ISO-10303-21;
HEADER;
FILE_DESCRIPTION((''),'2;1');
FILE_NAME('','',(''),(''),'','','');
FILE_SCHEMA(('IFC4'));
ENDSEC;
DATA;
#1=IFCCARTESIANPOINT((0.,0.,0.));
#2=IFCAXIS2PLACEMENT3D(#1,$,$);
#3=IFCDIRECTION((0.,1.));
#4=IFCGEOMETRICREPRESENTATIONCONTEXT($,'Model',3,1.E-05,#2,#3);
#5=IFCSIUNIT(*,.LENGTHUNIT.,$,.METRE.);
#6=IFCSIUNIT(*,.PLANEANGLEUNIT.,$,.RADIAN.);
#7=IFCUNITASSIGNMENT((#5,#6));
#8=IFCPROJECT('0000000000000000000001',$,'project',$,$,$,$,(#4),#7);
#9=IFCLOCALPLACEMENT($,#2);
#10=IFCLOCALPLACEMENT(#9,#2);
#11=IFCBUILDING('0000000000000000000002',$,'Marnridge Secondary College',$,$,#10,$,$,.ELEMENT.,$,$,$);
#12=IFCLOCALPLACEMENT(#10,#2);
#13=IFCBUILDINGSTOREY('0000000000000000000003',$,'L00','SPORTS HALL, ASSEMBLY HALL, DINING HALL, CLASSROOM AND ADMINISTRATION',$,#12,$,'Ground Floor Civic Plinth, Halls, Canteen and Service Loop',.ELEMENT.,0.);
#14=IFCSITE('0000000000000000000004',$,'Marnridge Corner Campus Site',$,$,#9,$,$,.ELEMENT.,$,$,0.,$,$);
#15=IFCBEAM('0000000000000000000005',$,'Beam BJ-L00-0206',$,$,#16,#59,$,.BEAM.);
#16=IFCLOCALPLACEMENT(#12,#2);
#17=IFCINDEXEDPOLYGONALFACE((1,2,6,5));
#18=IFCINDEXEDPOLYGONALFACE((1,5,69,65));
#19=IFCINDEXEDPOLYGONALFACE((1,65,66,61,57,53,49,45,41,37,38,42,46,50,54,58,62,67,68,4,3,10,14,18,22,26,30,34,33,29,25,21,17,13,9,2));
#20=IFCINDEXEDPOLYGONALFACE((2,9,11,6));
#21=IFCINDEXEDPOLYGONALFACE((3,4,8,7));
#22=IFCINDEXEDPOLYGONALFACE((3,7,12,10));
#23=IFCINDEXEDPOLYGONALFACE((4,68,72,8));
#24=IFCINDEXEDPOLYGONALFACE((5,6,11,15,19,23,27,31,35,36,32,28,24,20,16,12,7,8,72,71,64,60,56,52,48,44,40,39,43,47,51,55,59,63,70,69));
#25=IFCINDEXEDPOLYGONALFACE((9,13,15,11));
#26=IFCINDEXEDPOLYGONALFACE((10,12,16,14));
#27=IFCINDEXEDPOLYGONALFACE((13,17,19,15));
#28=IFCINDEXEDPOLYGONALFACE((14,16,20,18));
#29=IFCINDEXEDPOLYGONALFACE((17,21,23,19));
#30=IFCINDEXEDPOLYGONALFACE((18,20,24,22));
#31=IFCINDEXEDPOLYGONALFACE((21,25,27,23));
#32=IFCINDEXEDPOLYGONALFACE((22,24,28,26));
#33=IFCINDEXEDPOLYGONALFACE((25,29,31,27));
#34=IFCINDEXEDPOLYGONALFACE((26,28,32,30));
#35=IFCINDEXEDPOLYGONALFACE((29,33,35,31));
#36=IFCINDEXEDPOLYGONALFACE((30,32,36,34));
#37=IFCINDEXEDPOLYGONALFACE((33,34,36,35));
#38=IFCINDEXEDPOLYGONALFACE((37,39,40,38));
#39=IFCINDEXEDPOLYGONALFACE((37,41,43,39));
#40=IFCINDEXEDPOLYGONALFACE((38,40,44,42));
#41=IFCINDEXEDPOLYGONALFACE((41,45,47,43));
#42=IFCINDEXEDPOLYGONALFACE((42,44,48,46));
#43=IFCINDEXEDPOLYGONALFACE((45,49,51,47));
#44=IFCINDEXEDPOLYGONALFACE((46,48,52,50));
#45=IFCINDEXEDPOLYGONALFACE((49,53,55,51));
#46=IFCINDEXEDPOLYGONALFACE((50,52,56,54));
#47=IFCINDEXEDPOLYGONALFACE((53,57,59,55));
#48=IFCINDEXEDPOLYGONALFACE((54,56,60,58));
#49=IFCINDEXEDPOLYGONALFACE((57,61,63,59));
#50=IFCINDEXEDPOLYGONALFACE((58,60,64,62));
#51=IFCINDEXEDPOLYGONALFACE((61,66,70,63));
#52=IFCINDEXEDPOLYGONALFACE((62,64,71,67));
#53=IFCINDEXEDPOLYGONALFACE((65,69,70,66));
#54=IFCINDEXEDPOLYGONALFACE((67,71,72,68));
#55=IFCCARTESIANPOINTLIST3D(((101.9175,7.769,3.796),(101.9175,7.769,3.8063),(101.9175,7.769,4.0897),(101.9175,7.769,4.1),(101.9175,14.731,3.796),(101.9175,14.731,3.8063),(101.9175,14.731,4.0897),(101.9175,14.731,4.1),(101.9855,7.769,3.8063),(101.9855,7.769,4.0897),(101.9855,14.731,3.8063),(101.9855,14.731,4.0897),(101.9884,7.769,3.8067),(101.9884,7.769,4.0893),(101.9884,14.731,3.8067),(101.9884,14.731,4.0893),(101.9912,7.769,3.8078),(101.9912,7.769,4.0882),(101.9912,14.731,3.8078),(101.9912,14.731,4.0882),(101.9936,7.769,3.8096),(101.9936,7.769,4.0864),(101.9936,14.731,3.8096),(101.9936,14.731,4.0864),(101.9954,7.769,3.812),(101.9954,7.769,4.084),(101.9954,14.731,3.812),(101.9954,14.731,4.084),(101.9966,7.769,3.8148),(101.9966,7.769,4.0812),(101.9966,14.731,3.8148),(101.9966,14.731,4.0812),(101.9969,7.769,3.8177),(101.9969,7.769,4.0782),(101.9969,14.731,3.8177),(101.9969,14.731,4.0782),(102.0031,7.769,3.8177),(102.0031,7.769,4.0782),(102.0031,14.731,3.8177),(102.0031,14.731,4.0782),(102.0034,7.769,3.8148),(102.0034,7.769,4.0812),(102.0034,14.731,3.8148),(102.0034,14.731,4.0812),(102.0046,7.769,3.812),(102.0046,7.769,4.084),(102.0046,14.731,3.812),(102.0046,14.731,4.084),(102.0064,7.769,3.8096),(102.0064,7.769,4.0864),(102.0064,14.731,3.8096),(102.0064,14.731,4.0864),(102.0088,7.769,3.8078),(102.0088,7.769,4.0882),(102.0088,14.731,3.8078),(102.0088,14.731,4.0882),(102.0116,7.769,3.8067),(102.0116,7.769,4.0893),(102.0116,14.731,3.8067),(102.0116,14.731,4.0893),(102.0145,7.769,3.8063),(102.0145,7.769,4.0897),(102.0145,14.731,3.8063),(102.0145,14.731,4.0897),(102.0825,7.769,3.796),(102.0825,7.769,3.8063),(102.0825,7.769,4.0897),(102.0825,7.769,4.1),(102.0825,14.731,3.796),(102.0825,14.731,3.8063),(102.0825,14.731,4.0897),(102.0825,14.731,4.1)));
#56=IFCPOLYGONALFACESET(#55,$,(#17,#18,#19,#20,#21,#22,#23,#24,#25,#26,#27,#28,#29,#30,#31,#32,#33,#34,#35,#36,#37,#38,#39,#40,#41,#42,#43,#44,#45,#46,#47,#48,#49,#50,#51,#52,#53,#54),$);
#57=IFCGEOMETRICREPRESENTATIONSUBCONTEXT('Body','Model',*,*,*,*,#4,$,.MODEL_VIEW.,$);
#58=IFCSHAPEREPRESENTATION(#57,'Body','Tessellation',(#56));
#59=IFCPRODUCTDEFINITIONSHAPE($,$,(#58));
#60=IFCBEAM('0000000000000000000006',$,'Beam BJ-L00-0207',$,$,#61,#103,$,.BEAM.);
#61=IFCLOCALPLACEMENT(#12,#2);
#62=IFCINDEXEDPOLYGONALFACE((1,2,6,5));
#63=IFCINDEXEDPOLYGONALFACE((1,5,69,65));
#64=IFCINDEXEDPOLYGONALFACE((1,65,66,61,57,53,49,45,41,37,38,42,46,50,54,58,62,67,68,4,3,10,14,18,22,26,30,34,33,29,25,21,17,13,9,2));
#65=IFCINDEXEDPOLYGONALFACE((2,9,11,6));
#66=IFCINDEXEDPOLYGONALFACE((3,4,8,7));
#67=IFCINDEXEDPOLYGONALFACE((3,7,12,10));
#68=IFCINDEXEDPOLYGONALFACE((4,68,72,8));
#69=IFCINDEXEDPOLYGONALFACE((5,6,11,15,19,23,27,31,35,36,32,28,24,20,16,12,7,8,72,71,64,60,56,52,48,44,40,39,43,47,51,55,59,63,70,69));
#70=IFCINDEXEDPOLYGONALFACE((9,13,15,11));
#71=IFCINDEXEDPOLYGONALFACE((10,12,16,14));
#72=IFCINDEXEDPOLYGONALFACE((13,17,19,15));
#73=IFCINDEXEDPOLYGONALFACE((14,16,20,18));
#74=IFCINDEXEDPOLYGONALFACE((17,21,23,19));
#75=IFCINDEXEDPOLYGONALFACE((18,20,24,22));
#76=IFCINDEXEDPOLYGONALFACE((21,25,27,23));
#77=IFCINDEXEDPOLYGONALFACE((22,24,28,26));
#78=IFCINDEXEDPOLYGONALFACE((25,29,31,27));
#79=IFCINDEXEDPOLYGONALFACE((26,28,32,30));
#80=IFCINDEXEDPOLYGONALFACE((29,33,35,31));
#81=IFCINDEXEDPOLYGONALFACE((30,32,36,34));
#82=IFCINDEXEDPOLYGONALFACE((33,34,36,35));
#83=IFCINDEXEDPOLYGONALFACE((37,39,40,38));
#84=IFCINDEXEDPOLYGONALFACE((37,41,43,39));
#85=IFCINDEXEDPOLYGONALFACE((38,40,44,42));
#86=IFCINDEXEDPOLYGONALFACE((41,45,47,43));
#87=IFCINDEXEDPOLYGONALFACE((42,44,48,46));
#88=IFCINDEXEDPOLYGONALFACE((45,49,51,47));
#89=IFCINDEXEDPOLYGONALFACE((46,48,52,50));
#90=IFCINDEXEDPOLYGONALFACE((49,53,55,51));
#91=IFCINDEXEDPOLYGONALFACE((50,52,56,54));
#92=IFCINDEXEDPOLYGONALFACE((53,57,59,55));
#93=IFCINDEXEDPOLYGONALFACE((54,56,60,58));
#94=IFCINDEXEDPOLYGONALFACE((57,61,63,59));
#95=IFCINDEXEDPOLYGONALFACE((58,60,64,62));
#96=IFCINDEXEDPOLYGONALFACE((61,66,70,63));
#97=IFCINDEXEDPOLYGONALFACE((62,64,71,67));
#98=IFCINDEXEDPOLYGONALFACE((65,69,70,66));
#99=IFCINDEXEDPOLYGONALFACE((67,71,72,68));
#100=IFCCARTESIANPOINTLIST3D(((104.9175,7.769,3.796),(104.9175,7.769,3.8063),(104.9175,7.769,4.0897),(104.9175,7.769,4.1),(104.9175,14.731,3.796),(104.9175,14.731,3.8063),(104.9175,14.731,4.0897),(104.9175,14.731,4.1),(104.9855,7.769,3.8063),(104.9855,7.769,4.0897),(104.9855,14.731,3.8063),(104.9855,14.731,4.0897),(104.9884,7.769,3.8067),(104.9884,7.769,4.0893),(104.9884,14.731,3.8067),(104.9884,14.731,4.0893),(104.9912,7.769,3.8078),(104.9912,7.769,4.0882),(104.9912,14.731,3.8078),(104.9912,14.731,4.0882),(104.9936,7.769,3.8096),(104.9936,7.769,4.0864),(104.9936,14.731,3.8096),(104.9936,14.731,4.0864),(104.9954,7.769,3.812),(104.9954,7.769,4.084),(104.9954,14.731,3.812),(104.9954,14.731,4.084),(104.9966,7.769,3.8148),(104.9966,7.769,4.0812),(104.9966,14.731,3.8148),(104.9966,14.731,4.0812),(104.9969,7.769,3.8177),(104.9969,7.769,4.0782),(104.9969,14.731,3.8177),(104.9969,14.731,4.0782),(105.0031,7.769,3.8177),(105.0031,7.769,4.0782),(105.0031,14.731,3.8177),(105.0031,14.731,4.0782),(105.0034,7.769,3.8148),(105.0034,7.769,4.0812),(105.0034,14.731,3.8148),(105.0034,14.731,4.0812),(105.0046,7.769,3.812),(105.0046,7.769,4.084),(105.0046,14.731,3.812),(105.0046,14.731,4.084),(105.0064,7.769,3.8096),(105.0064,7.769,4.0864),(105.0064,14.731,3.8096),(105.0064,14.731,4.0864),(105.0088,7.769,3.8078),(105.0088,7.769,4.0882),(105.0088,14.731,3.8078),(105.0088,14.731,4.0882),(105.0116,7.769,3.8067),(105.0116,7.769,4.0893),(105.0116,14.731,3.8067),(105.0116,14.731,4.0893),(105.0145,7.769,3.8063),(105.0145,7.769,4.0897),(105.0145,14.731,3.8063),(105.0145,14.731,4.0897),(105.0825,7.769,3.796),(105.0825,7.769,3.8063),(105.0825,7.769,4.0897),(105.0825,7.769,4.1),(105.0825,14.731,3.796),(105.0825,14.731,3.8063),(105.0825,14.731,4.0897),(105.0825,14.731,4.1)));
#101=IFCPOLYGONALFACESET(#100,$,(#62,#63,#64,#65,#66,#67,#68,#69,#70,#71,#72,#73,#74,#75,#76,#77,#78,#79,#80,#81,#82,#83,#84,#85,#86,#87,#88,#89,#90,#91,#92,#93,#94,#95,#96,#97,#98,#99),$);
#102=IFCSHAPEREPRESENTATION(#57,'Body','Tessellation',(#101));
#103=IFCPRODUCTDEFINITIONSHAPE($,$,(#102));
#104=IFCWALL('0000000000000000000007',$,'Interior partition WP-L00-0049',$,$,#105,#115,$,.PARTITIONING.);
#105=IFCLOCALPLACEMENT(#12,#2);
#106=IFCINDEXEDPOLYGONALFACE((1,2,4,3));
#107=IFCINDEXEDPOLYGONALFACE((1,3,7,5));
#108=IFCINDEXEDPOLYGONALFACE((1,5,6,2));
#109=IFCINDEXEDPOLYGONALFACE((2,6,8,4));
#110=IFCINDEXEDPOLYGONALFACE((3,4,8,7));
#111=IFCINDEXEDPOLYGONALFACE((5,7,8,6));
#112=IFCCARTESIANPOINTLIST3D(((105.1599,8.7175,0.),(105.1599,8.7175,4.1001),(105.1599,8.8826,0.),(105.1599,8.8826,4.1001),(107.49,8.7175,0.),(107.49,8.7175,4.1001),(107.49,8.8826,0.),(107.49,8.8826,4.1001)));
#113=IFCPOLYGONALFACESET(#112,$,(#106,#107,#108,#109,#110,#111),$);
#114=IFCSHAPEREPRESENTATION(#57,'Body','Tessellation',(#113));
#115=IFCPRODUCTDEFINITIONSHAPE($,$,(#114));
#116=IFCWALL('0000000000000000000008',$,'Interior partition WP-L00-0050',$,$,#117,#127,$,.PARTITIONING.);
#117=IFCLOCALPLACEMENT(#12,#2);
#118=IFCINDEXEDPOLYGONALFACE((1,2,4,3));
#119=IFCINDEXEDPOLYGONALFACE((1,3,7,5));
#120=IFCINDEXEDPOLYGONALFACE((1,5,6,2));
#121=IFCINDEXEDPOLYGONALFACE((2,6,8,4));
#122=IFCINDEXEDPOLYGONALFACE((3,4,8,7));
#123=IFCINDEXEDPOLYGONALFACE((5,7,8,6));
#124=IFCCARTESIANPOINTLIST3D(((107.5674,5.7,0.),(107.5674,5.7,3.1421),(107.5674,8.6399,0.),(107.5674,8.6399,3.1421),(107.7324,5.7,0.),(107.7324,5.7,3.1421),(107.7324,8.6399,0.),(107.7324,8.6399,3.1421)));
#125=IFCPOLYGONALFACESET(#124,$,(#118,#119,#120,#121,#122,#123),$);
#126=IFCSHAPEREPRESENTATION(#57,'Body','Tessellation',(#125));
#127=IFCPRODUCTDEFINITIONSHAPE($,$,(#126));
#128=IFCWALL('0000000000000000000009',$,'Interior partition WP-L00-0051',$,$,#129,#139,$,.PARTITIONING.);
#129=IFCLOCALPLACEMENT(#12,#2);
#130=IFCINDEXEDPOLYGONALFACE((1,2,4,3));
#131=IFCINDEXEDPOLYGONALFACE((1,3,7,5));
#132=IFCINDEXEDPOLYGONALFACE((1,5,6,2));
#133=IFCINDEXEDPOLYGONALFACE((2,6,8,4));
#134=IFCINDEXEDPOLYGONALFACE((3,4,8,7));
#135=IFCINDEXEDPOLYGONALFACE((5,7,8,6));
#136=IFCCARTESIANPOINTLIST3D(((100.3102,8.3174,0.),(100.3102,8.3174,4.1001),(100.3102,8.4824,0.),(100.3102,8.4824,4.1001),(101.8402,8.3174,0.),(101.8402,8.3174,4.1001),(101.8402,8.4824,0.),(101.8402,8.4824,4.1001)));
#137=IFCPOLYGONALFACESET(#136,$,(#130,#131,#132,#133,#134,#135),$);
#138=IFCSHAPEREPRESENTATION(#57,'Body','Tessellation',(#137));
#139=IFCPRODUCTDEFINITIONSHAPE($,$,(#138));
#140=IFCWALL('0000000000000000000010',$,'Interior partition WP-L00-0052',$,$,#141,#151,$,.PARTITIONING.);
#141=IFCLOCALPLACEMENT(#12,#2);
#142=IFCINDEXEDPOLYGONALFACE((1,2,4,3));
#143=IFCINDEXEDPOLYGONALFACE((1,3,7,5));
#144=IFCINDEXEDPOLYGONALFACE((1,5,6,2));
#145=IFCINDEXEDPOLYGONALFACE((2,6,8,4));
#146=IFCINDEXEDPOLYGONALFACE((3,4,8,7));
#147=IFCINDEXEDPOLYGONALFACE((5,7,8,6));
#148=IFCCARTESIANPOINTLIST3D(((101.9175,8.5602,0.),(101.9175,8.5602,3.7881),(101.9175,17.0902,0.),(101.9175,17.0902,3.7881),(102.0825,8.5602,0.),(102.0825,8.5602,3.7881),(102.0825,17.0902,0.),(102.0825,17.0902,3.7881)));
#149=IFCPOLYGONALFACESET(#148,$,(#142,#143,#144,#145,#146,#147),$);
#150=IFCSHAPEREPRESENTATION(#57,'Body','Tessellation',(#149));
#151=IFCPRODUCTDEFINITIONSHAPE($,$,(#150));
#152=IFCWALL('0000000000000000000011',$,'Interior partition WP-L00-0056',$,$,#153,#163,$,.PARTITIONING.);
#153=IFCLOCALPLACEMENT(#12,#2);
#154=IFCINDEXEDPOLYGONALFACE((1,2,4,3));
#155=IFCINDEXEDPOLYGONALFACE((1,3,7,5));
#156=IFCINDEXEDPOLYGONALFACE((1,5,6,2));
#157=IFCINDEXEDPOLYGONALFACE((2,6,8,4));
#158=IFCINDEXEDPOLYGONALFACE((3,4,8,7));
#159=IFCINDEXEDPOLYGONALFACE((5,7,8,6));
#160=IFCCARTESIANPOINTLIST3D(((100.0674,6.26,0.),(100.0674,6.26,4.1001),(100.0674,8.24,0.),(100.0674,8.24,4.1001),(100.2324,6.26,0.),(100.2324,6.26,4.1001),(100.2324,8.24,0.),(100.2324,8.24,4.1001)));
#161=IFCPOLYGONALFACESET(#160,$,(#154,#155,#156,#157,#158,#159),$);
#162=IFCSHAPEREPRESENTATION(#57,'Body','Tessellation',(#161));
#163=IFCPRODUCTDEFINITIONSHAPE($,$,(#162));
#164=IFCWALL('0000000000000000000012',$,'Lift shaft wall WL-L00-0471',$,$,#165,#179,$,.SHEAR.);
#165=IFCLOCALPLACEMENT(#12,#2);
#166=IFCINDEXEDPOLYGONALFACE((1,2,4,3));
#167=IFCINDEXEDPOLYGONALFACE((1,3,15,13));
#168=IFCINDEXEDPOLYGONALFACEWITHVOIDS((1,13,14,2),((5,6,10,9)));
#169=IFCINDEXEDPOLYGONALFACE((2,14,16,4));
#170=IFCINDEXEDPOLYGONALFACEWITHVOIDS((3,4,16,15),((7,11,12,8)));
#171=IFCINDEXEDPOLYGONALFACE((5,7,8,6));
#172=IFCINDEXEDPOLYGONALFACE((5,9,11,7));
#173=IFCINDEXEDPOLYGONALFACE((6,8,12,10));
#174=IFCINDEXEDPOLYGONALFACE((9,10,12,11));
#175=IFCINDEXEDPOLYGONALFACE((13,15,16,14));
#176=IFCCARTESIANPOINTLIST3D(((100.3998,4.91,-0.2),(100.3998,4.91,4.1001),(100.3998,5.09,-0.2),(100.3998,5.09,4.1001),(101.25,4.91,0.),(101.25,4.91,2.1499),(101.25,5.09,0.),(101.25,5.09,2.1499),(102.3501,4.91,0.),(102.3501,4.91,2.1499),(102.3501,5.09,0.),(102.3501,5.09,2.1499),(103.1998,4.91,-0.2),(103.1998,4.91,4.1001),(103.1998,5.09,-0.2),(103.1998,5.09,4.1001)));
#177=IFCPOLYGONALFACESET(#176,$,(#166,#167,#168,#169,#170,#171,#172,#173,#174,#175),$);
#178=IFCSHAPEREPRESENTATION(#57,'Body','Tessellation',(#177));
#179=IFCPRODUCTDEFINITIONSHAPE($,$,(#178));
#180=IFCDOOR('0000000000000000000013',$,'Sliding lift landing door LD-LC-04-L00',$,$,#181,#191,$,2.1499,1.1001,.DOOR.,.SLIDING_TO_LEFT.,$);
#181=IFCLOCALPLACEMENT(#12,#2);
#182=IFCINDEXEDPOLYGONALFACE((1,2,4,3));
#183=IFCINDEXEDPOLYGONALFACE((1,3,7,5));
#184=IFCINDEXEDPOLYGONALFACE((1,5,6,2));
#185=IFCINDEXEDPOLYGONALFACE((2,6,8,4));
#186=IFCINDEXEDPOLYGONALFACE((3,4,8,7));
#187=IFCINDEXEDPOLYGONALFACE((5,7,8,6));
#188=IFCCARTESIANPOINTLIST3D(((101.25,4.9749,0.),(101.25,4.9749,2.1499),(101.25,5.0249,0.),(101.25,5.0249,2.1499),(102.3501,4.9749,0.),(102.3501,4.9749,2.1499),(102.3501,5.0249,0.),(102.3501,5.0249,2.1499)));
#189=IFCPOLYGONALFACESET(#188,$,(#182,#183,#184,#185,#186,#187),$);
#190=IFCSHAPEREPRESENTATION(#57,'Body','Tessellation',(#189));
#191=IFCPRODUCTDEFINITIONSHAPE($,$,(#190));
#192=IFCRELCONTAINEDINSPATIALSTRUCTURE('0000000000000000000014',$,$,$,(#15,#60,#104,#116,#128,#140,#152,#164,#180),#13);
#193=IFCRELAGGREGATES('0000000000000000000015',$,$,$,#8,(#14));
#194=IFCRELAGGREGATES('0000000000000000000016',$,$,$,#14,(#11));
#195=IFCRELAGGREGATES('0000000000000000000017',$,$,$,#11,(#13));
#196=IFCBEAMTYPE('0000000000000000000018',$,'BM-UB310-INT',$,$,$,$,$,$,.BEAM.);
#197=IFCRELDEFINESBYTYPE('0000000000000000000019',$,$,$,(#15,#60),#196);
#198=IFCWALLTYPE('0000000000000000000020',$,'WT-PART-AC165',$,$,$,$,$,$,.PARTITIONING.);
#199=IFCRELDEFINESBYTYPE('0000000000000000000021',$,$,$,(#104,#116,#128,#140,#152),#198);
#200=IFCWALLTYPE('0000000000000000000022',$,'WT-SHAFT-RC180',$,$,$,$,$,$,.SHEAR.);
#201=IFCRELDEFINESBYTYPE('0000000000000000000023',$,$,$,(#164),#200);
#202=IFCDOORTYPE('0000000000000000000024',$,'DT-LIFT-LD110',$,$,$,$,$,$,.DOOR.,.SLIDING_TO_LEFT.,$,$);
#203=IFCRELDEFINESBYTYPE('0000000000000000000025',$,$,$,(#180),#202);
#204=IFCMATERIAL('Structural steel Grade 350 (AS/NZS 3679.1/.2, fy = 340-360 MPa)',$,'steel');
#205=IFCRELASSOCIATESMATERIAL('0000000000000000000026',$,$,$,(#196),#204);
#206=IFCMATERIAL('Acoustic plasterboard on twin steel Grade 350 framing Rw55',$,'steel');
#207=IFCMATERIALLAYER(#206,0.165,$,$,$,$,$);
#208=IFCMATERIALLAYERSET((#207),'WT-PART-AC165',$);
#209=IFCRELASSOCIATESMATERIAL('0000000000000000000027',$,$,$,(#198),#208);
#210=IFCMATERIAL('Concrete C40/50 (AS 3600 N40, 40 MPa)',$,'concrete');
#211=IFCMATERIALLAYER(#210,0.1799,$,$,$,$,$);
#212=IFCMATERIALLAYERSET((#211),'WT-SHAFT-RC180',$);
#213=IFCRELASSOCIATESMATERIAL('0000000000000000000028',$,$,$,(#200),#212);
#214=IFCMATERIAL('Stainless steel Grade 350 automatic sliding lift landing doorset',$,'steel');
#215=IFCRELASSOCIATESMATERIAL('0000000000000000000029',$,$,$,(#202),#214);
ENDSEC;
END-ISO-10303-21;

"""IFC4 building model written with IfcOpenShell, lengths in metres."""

from ifc_helpers import new_model, si_unit, direction, frame, frame_2d, origin, origin_2d, place, context, subcontext, project, spatial, rectangle, i_section, extrude, material, layer, layer_set, material_profile, profile_set, type_object, element, fill, save


model = new_model("IFC4")

# Units and contexts
model_context = context("Model", 3, precision=1e-05, world=origin(), true_north=direction((0.0, 1.0)))
body_context = subcontext(model_context, "Body", "Model", "MODEL_VIEW")
ifc_project = project(units=[si_unit("LENGTHUNIT", "METRE"), si_unit("PLANEANGLEUNIT", "RADIAN")], contexts=[model_context])

# Site, building, storey
site_placement = place(None, origin())
site = spatial("IfcSite", under=ifc_project, at=site_placement, Name="Marnridge Corner Campus Site", CompositionType="ELEMENT", RefElevation=0.0)
building_placement = place(site_placement, origin())
building = spatial("IfcBuilding", under=site, at=building_placement, Name="Marnridge Secondary College", CompositionType="ELEMENT")
storey_placement = place(building_placement, origin())
storey = spatial("IfcBuildingStorey", under=building, at=storey_placement, Name="L00", Description="SPORTS HALL, ASSEMBLY HALL, DINING HALL, CLASSROOM AND ADMINISTRATION", LongName="Ground Floor Civic Plinth, Halls, Canteen and Service Loop", CompositionType="ELEMENT", Elevation=0.0)

# Beams
ifc_material_1 = material(Name="Structural steel Grade 350 (AS/NZS 3679.1/.2, fy = 340-360 MPa)", Category="steel")
ifc_material_profile_1 = material_profile(ifc_material_1, i_section(OverallWidth=0.165, OverallDepth=0.304, WebThickness=0.0061, FlangeThickness=0.0103, FilletRadius=0.0115, at=origin_2d()), Name="310UB40.4")
ifc_profile_set_1 = profile_set([ifc_material_profile_1], Name="Structural steel Grade 350 (AS/NZS 3679.1/.2, fy = 340-360 MPa)")
beam_type_1 = type_object("IfcBeamType", Name="BM-UB310-INT", PredefinedType="BEAM", material=ifc_profile_set_1)
for number, where, z_axis, x_axis, name in (
    (1, (102.0, 7.769, 3.948), (0.0, 1.0, 0.0), (-1.0, 0.0, 0.0), "Beam BJ-L00-0206"),
    (2, (105.0, 7.769, 3.948), (0.0, 1.0, 0.0), (-1.0, 0.0, 0.0), "Beam BJ-L00-0207"),
):
    element("IfcBeam", number, at=place(storey_placement, frame(where, z_axis=z_axis, x_axis=x_axis)), inside=storey, type_object=beam_type_1, Name=name, PredefinedType="BEAM", context=body_context, shape_type="SweptSolid", body=[
        extrude(i_section(OverallWidth=0.165, OverallDepth=0.304, WebThickness=0.0061, FlangeThickness=0.0103, FilletRadius=0.0115, at=origin_2d()), origin(), (0.0, 0.0, 1.0), 6.9619),
    ])

# Walls
ifc_material_2 = material(Name="Acoustic plasterboard on twin steel Grade 350 framing Rw55", Category="steel")
ifc_layer_1 = layer(ifc_material_2, 0.165)
ifc_layer_set_1 = layer_set([ifc_layer_1], Name="WT-PART-AC165")
wall_type_1 = type_object("IfcWallType", Name="WT-PART-AC165", PredefinedType="PARTITIONING", material=ifc_layer_set_1)
wall_1_placement = place(storey_placement, frame((107.49, 8.8, 0.0), z_axis=(0.0, 0.0, 1.0), x_axis=(-1.0, 0.0, 0.0)))
element("IfcWall", 3, at=wall_1_placement, inside=storey, type_object=wall_type_1, Name="Interior partition WP-L00-0049", PredefinedType="PARTITIONING", context=body_context, shape_type="SweptSolid", body=[
    extrude(rectangle(XDim=2.3301, YDim=0.165, at=frame_2d((1.165, 0.0))), origin(), (0.0, 0.0, 1.0), 4.1001),
])
wall_2_placement = place(storey_placement, frame((107.6499, 5.7, 0.0), z_axis=(0.0, 0.0, 1.0), x_axis=(0.0, 1.0, 0.0)))
element("IfcWall", 4, at=wall_2_placement, inside=storey, type_object=wall_type_1, Name="Interior partition WP-L00-0050", PredefinedType="PARTITIONING", context=body_context, shape_type="SweptSolid", body=[
    extrude(rectangle(XDim=2.9399, YDim=0.165, at=frame_2d((1.47, 0.0))), origin(), (0.0, 0.0, 1.0), 3.1421),
])
wall_3_placement = place(storey_placement, frame((100.3101, 8.3999, 0.0), z_axis=(0.0, 0.0, 1.0), x_axis=(1.0, 0.0, 0.0)))
element("IfcWall", 5, at=wall_3_placement, inside=storey, type_object=wall_type_1, Name="Interior partition WP-L00-0051", PredefinedType="PARTITIONING", context=body_context, shape_type="SweptSolid", body=[
    extrude(rectangle(XDim=1.53, YDim=0.165, at=frame_2d((0.7651, 0.0))), origin(), (0.0, 0.0, 1.0), 4.1001),
])
wall_4_placement = place(storey_placement, frame((102.0, 8.5601, 0.0), z_axis=(0.0, 0.0, 1.0), x_axis=(0.0, 1.0, 0.0)))
element("IfcWall", 6, at=wall_4_placement, inside=storey, type_object=wall_type_1, Name="Interior partition WP-L00-0052", PredefinedType="PARTITIONING", context=body_context, shape_type="SweptSolid", body=[
    extrude(rectangle(XDim=8.53, YDim=0.165, at=frame_2d((4.2651, 0.0))), origin(), (0.0, 0.0, 1.0), 3.7881),
])
wall_5_placement = place(storey_placement, frame((100.1499, 6.26, 0.0), z_axis=(0.0, 0.0, 1.0), x_axis=(0.0, 1.0, 0.0)))
element("IfcWall", 7, at=wall_5_placement, inside=storey, type_object=wall_type_1, Name="Interior partition WP-L00-0056", PredefinedType="PARTITIONING", context=body_context, shape_type="SweptSolid", body=[
    extrude(rectangle(XDim=1.98, YDim=0.165, at=frame_2d((0.99, 0.0))), origin(), (0.0, 0.0, 1.0), 4.1001),
])

# Wall, opening, door
ifc_material_3 = material(Name="Concrete C40/50 (AS 3600 N40, 40 MPa)", Category="concrete")
ifc_layer_2 = layer(ifc_material_3, 0.1799)
ifc_layer_set_2 = layer_set([ifc_layer_2], Name="WT-SHAFT-RC180")
wall_type_2 = type_object("IfcWallType", Name="WT-SHAFT-RC180", PredefinedType="SHEAR", material=ifc_layer_set_2)
wall_6_placement = place(storey_placement, frame((100.3999, 5.0, -0.2), z_axis=(0.0, 0.0, 1.0), x_axis=(1.0, 0.0, 0.0)))
wall_6 = element("IfcWall", 8, at=wall_6_placement, inside=storey, type_object=wall_type_2, Name="Lift shaft wall WL-L00-0471", PredefinedType="SHEAR", context=body_context, shape_type="SweptSolid", body=[
    extrude(rectangle(XDim=2.8, YDim=0.1799, at=frame_2d((1.3999, 0.0))), origin(), (0.0, 0.0, 1.0), 4.3),
])
opening_1_placement = place(wall_6_placement, frame((0.8501, 0.0, 0.2)))
opening_1 = element("IfcOpeningElement", 9, at=opening_1_placement, cuts=wall_6, PredefinedType="OPENING", context=body_context, shape_type="SweptSolid", body=[
    extrude(rectangle(XDim=1.1001, YDim=2.1499, at=frame_2d((0.55, 1.075))), frame((0.0, 0.0999, 0.0), z_axis=(0.0, -1.0, 0.0), x_axis=(1.0, 0.0, 0.0)), (0.0, 0.0, 1.0), 0.2),
])
ifc_material_4 = material(Name="Stainless steel Grade 350 automatic sliding lift landing doorset", Category="steel")
door_type_1 = type_object("IfcDoorType", Name="DT-LIFT-LD110", OperationType="SLIDING_TO_LEFT", PredefinedType="DOOR", material=ifc_material_4)
door_1_placement = place(opening_1_placement, origin())
door_1 = element("IfcDoor", 10, at=door_1_placement, inside=storey, type_object=door_type_1, Name="Sliding lift landing door LD-LC-04-L00", OperationType="SLIDING_TO_LEFT", OverallHeight=2.1499, OverallWidth=1.1001, PredefinedType="DOOR", context=body_context, shape_type="SweptSolid", body=[
    extrude(rectangle(XDim=1.1001, YDim=2.1499, at=frame_2d((0.55, 1.075))), frame((0.0, 0.0249, 0.0), z_axis=(0.0, -1.0, 0.0), x_axis=(1.0, 0.0, 0.0)), (0.0, 0.0, 1.0), 0.05),
])
fill(opening_1, door_1)

save(model, "model.ifc")
